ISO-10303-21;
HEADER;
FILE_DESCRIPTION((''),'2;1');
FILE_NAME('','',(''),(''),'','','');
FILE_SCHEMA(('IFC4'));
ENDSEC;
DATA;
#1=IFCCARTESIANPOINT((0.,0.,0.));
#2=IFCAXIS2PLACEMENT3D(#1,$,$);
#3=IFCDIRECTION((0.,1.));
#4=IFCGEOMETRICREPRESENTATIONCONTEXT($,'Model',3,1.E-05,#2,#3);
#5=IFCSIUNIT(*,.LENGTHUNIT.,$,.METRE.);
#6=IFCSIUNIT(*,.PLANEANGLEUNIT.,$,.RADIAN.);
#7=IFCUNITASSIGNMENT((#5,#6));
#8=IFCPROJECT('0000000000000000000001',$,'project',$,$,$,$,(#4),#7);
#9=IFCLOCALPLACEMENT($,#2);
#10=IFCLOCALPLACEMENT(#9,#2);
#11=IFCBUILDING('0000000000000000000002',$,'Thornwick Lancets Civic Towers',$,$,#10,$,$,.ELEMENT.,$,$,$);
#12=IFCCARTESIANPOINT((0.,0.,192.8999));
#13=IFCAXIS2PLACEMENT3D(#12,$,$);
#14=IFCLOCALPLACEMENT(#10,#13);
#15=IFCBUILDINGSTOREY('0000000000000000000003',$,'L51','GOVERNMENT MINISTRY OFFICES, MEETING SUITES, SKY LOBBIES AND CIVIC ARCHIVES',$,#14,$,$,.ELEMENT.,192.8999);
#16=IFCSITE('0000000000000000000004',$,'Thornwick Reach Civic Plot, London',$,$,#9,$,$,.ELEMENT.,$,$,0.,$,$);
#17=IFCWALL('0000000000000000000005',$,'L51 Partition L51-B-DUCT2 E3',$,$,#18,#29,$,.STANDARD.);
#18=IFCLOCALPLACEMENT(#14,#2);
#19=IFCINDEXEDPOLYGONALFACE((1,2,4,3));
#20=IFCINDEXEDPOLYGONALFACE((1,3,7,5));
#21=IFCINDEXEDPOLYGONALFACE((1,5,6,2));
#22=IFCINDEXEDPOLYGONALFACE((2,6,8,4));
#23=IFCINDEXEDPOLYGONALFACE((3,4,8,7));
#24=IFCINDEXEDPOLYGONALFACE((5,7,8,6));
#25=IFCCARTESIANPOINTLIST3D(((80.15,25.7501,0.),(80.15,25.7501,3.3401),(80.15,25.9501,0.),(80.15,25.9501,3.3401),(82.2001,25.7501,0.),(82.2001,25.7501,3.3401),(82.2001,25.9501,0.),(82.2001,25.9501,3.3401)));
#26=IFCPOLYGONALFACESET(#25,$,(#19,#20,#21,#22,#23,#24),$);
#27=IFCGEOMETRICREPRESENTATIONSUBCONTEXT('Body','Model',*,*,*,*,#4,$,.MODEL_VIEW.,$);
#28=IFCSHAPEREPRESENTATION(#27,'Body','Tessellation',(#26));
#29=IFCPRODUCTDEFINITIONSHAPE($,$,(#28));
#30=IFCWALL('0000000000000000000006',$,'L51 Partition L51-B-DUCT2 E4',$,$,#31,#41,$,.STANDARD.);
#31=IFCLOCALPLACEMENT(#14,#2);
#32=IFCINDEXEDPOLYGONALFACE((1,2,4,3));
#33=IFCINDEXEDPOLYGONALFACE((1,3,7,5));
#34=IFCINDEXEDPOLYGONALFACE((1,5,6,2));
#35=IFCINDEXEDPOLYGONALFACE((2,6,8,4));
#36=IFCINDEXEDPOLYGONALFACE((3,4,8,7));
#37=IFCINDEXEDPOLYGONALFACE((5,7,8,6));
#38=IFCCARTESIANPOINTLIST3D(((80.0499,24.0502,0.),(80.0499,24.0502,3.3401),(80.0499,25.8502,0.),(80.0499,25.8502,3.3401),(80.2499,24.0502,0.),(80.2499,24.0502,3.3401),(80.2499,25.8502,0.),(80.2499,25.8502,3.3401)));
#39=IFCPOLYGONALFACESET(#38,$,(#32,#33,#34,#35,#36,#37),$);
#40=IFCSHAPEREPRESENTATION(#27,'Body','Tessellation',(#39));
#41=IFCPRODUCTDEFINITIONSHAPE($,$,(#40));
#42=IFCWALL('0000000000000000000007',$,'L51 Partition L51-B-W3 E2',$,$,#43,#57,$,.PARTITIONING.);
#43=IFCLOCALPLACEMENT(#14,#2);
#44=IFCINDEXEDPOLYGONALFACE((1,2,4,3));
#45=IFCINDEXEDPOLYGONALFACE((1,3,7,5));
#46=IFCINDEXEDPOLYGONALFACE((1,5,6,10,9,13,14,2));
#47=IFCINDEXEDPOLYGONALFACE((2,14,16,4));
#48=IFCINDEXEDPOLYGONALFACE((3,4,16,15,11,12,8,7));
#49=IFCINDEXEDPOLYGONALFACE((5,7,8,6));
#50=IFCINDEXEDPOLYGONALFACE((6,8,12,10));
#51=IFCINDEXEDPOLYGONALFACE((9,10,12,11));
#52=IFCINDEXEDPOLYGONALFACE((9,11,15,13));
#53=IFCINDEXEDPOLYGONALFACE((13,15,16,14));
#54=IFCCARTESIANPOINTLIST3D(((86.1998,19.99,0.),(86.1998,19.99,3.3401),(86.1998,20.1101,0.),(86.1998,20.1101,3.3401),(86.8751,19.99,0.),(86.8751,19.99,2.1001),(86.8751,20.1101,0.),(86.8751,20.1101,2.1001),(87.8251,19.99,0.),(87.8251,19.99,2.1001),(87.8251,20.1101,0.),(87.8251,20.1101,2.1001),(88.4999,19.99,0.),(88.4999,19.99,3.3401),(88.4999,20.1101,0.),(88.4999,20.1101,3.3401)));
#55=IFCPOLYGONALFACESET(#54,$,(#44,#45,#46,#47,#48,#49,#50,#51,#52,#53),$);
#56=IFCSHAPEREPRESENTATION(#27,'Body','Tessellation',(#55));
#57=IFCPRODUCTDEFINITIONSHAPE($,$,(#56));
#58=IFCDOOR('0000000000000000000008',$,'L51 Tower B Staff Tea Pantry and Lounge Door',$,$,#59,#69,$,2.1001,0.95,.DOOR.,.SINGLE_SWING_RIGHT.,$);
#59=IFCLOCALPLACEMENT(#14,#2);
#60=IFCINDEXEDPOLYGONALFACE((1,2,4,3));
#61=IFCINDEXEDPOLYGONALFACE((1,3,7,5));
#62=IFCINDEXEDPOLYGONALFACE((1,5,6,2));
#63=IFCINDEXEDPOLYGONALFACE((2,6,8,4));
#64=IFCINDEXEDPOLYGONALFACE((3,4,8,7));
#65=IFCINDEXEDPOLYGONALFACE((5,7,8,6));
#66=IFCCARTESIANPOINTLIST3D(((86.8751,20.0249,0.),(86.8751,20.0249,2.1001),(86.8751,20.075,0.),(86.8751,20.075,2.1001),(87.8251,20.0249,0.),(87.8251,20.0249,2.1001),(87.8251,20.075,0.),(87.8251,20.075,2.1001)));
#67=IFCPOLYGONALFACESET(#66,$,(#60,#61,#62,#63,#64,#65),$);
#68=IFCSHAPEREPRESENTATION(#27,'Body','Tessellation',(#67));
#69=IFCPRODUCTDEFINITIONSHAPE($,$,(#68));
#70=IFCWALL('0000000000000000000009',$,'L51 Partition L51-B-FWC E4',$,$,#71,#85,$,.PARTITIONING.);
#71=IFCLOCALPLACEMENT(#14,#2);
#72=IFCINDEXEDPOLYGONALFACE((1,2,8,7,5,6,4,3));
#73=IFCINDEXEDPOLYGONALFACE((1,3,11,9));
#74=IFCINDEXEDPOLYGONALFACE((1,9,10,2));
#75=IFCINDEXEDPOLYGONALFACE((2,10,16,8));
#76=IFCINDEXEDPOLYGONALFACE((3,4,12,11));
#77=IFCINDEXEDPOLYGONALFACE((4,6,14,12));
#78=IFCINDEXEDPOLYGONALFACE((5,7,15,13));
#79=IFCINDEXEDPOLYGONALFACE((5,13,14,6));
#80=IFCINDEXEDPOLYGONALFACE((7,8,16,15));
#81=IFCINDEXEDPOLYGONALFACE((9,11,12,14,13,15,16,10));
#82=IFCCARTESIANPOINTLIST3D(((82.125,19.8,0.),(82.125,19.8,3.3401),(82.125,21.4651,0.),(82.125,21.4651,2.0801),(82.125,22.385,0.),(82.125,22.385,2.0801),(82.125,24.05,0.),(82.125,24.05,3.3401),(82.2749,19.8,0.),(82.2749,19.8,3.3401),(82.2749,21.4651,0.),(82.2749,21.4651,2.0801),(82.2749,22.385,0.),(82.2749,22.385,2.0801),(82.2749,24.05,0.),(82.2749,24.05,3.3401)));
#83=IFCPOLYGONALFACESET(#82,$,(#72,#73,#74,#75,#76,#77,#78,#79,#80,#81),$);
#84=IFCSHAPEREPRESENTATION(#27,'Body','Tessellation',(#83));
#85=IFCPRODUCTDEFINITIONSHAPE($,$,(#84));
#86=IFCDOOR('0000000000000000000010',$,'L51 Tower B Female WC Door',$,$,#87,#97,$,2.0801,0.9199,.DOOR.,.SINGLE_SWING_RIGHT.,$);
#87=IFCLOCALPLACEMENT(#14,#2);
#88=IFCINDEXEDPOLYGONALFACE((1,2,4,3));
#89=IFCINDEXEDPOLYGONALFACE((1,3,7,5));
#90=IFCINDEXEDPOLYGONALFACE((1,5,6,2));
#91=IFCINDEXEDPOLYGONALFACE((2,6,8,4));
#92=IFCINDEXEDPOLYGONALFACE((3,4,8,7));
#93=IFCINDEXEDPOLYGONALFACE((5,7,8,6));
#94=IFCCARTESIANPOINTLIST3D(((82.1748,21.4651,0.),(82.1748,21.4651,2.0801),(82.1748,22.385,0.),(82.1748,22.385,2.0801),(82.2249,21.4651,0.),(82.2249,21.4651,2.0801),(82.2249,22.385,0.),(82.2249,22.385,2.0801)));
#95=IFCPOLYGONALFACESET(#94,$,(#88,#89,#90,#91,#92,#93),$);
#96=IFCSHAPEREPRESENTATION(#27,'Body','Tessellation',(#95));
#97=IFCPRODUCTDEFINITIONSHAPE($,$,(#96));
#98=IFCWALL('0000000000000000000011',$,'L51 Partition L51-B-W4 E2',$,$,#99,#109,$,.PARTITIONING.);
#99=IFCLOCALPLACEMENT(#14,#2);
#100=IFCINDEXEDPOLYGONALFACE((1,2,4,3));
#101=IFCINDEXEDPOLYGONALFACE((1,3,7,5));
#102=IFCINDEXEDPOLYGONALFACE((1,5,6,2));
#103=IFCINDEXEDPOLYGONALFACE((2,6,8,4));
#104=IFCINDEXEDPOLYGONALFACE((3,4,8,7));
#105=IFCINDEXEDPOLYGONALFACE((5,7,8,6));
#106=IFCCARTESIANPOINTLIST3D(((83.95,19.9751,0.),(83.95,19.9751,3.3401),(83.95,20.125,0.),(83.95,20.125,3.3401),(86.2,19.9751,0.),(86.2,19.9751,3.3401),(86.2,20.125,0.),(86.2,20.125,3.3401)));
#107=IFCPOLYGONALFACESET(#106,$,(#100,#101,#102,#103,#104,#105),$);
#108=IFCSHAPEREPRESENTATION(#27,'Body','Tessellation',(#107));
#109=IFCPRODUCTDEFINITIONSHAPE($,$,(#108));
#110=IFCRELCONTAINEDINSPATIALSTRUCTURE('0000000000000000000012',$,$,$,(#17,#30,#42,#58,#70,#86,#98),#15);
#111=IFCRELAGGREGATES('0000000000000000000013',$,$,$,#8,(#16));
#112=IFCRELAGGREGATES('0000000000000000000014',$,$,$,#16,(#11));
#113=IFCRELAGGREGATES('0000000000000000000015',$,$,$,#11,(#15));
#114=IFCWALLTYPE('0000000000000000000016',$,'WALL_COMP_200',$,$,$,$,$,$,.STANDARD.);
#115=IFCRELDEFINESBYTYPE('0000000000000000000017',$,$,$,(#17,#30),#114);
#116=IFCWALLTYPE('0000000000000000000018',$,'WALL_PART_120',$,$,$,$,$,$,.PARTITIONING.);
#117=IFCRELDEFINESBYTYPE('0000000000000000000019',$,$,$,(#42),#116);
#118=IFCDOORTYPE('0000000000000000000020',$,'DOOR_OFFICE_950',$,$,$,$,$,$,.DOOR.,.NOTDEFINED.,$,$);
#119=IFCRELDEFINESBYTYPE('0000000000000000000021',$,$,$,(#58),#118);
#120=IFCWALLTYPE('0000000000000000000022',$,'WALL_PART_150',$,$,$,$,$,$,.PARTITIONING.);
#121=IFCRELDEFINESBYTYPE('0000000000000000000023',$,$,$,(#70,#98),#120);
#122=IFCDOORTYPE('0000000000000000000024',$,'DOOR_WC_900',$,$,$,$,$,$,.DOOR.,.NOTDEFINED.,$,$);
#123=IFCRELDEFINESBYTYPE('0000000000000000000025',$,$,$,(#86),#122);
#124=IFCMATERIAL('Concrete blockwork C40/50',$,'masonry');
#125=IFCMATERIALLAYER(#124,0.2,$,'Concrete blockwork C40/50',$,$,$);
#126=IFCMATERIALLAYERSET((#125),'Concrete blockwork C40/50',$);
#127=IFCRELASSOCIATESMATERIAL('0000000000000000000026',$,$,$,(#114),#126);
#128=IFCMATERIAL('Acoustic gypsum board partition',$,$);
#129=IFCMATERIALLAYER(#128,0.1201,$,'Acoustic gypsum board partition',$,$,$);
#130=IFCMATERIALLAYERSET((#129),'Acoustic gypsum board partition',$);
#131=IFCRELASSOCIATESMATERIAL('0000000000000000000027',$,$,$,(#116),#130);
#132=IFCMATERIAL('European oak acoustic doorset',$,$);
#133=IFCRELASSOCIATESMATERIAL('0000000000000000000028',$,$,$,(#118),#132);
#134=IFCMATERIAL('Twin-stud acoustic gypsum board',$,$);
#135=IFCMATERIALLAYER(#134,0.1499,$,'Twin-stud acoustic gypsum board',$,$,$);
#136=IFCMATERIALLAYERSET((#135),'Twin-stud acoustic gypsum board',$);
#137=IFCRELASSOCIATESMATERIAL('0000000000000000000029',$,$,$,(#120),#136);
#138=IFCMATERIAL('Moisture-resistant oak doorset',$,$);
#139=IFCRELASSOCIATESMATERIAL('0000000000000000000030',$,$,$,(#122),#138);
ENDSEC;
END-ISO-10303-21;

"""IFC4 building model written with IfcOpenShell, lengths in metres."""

from ifc_helpers import new_model, si_unit, direction, frame, frame_2d, origin, place, context, subcontext, project, spatial, rectangle, extrude, material, layer, layer_set, type_object, element, fill, save


model = new_model("IFC4")

# Units and contexts
model_context = context("Model", 3, precision=1e-05, world=origin(), true_north=direction((0.0, 1.0)))
body_context = subcontext(model_context, "Body", "Model", "MODEL_VIEW")
ifc_project = project(units=[si_unit("LENGTHUNIT", "METRE"), si_unit("PLANEANGLEUNIT", "RADIAN")], contexts=[model_context])

# Site, building, storey
site_placement = place(None, origin())
site = spatial("IfcSite", under=ifc_project, at=site_placement, Name="Thornwick Reach Civic Plot, London", CompositionType="ELEMENT", RefElevation=0.0)
building_placement = place(site_placement, origin())
building = spatial("IfcBuilding", under=site, at=building_placement, Name="Thornwick Lancets Civic Towers", CompositionType="ELEMENT")
storey_placement = place(building_placement, frame((0.0, 0.0, 192.8999)))
storey = spatial("IfcBuildingStorey", under=building, at=storey_placement, Name="L51", Description="GOVERNMENT MINISTRY OFFICES, MEETING SUITES, SKY LOBBIES AND CIVIC ARCHIVES", CompositionType="ELEMENT", Elevation=192.8999)

# Shared definitions
ifc_material_1 = material(Name="Concrete blockwork C40/50", Category="masonry")
ifc_layer_1 = layer(ifc_material_1, 0.2, Name="Concrete blockwork C40/50")
ifc_layer_set_1 = layer_set([ifc_layer_1], Name="Concrete blockwork C40/50")
wall_type_1 = type_object("IfcWallType", Name="WALL_COMP_200", PredefinedType="STANDARD", material=ifc_layer_set_1)

# Walls
wall_1_placement = place(storey_placement, frame((82.2, 25.8501, 0.0), z_axis=(0.0, 0.0, 1.0), x_axis=(-1.0, 0.0, 0.0)))
element("IfcWall", 1, at=wall_1_placement, inside=storey, type_object=wall_type_1, Name="L51 Partition L51-B-DUCT2 E3", PredefinedType="STANDARD", context=body_context, shape_type="SweptSolid", body=[
    extrude(rectangle(XDim=2.05, YDim=0.2, at=frame_2d((1.0249, 0.0))), origin(), (0.0, 0.0, 1.0), 3.3401),
])
wall_2_placement = place(storey_placement, frame((80.1499, 25.8501, 0.0), z_axis=(0.0, 0.0, 1.0), x_axis=(0.0, -1.0, 0.0)))
element("IfcWall", 2, at=wall_2_placement, inside=storey, type_object=wall_type_1, Name="L51 Partition L51-B-DUCT2 E4", PredefinedType="STANDARD", context=body_context, shape_type="SweptSolid", body=[
    extrude(rectangle(XDim=1.8, YDim=0.2, at=frame_2d((0.8999, 0.0))), origin(), (0.0, 0.0, 1.0), 3.3401),
])

# Walls, openings, doors
ifc_material_2 = material(Name="Acoustic gypsum board partition")
ifc_layer_2 = layer(ifc_material_2, 0.1201, Name="Acoustic gypsum board partition")
ifc_layer_set_2 = layer_set([ifc_layer_2], Name="Acoustic gypsum board partition")
wall_type_2 = type_object("IfcWallType", Name="WALL_PART_120", PredefinedType="PARTITIONING", material=ifc_layer_set_2)
wall_3_placement = place(storey_placement, frame((86.2, 20.05, 0.0), z_axis=(0.0, 0.0, 1.0), x_axis=(1.0, 0.0, 0.0)))
wall_3 = element("IfcWall", 3, at=wall_3_placement, inside=storey, type_object=wall_type_2, Name="L51 Partition L51-B-W3 E2", PredefinedType="PARTITIONING", context=body_context, shape_type="SweptSolid", body=[
    extrude(rectangle(XDim=2.3, YDim=0.1201, at=frame_2d((1.1499, 0.0))), origin(), (0.0, 0.0, 1.0), 3.3401),
])
opening_1_placement = place(wall_3_placement, frame((0.675, 0.0, 0.0)))
opening_1 = element("IfcOpeningElement", 4, at=opening_1_placement, cuts=wall_3, PredefinedType="OPENING", context=body_context, shape_type="SweptSolid", body=[
    extrude(rectangle(XDim=0.95, YDim=2.1001, at=frame_2d((0.4751, 1.05))), frame((0.0, 0.0701, 0.0), z_axis=(0.0, -1.0, 0.0), x_axis=(1.0, 0.0, 0.0)), (0.0, 0.0, 1.0), 0.1401),
])
ifc_material_3 = material(Name="European oak acoustic doorset")
door_type_1 = type_object("IfcDoorType", Name="DOOR_OFFICE_950", OperationType="NOTDEFINED", PredefinedType="DOOR", material=ifc_material_3)
door_1_placement = place(opening_1_placement, origin())
door_1 = element("IfcDoor", 5, at=door_1_placement, inside=storey, type_object=door_type_1, Name="L51 Tower B Staff Tea Pantry and Lounge Door", OperationType="SINGLE_SWING_RIGHT", OverallHeight=2.1001, OverallWidth=0.95, PredefinedType="DOOR", context=body_context, shape_type="SweptSolid", body=[
    extrude(rectangle(XDim=0.95, YDim=2.1001, at=frame_2d((0.4751, 1.05))), frame((0.0, 0.0249, 0.0), z_axis=(0.0, -1.0, 0.0), x_axis=(1.0, 0.0, 0.0)), (0.0, 0.0, 1.0), 0.05),
])
fill(opening_1, door_1)
ifc_material_4 = material(Name="Twin-stud acoustic gypsum board")
ifc_layer_3 = layer(ifc_material_4, 0.1499, Name="Twin-stud acoustic gypsum board")
ifc_layer_set_3 = layer_set([ifc_layer_3], Name="Twin-stud acoustic gypsum board")
wall_type_3 = type_object("IfcWallType", Name="WALL_PART_150", PredefinedType="PARTITIONING", material=ifc_layer_set_3)
wall_4_placement = place(storey_placement, frame((82.2, 24.05, 0.0), z_axis=(0.0, 0.0, 1.0), x_axis=(0.0, -1.0, 0.0)))
wall_4 = element("IfcWall", 6, at=wall_4_placement, inside=storey, type_object=wall_type_3, Name="L51 Partition L51-B-FWC E4", PredefinedType="PARTITIONING", context=body_context, shape_type="SweptSolid", body=[
    extrude(rectangle(XDim=4.25, YDim=0.1499, at=frame_2d((2.125, 0.0))), origin(), (0.0, 0.0, 1.0), 3.3401),
])
opening_2_placement = place(wall_4_placement, frame((1.665, 0.0, 0.0)))
opening_2 = element("IfcOpeningElement", 7, at=opening_2_placement, cuts=wall_4, PredefinedType="OPENING", context=body_context, shape_type="SweptSolid", body=[
    extrude(rectangle(XDim=0.9199, YDim=2.0801, at=frame_2d((0.46, 1.04))), frame((0.0, 0.085, 0.0), z_axis=(0.0, -1.0, 0.0), x_axis=(1.0, 0.0, 0.0)), (0.0, 0.0, 1.0), 0.1699),
])
ifc_material_5 = material(Name="Moisture-resistant oak doorset")
door_type_2 = type_object("IfcDoorType", Name="DOOR_WC_900", OperationType="NOTDEFINED", PredefinedType="DOOR", material=ifc_material_5)
door_2_placement = place(opening_2_placement, origin())
door_2 = element("IfcDoor", 8, at=door_2_placement, inside=storey, type_object=door_type_2, Name="L51 Tower B Female WC Door", OperationType="SINGLE_SWING_RIGHT", OverallHeight=2.0801, OverallWidth=0.9199, PredefinedType="DOOR", context=body_context, shape_type="SweptSolid", body=[
    extrude(rectangle(XDim=0.9199, YDim=2.0801, at=frame_2d((0.46, 1.04))), frame((0.0, 0.0249, 0.0), z_axis=(0.0, -1.0, 0.0), x_axis=(1.0, 0.0, 0.0)), (0.0, 0.0, 1.0), 0.05),
])
fill(opening_2, door_2)

# Wall
wall_5_placement = place(storey_placement, frame((83.95, 20.05, 0.0), z_axis=(0.0, 0.0, 1.0), x_axis=(1.0, 0.0, 0.0)))
element("IfcWall", 9, at=wall_5_placement, inside=storey, type_object=wall_type_3, Name="L51 Partition L51-B-W4 E2", PredefinedType="PARTITIONING", context=body_context, shape_type="SweptSolid", body=[
    extrude(rectangle(XDim=2.25, YDim=0.1499, at=frame_2d((1.125, 0.0))), origin(), (0.0, 0.0, 1.0), 3.3401),
])

save(model, "model.ifc")
